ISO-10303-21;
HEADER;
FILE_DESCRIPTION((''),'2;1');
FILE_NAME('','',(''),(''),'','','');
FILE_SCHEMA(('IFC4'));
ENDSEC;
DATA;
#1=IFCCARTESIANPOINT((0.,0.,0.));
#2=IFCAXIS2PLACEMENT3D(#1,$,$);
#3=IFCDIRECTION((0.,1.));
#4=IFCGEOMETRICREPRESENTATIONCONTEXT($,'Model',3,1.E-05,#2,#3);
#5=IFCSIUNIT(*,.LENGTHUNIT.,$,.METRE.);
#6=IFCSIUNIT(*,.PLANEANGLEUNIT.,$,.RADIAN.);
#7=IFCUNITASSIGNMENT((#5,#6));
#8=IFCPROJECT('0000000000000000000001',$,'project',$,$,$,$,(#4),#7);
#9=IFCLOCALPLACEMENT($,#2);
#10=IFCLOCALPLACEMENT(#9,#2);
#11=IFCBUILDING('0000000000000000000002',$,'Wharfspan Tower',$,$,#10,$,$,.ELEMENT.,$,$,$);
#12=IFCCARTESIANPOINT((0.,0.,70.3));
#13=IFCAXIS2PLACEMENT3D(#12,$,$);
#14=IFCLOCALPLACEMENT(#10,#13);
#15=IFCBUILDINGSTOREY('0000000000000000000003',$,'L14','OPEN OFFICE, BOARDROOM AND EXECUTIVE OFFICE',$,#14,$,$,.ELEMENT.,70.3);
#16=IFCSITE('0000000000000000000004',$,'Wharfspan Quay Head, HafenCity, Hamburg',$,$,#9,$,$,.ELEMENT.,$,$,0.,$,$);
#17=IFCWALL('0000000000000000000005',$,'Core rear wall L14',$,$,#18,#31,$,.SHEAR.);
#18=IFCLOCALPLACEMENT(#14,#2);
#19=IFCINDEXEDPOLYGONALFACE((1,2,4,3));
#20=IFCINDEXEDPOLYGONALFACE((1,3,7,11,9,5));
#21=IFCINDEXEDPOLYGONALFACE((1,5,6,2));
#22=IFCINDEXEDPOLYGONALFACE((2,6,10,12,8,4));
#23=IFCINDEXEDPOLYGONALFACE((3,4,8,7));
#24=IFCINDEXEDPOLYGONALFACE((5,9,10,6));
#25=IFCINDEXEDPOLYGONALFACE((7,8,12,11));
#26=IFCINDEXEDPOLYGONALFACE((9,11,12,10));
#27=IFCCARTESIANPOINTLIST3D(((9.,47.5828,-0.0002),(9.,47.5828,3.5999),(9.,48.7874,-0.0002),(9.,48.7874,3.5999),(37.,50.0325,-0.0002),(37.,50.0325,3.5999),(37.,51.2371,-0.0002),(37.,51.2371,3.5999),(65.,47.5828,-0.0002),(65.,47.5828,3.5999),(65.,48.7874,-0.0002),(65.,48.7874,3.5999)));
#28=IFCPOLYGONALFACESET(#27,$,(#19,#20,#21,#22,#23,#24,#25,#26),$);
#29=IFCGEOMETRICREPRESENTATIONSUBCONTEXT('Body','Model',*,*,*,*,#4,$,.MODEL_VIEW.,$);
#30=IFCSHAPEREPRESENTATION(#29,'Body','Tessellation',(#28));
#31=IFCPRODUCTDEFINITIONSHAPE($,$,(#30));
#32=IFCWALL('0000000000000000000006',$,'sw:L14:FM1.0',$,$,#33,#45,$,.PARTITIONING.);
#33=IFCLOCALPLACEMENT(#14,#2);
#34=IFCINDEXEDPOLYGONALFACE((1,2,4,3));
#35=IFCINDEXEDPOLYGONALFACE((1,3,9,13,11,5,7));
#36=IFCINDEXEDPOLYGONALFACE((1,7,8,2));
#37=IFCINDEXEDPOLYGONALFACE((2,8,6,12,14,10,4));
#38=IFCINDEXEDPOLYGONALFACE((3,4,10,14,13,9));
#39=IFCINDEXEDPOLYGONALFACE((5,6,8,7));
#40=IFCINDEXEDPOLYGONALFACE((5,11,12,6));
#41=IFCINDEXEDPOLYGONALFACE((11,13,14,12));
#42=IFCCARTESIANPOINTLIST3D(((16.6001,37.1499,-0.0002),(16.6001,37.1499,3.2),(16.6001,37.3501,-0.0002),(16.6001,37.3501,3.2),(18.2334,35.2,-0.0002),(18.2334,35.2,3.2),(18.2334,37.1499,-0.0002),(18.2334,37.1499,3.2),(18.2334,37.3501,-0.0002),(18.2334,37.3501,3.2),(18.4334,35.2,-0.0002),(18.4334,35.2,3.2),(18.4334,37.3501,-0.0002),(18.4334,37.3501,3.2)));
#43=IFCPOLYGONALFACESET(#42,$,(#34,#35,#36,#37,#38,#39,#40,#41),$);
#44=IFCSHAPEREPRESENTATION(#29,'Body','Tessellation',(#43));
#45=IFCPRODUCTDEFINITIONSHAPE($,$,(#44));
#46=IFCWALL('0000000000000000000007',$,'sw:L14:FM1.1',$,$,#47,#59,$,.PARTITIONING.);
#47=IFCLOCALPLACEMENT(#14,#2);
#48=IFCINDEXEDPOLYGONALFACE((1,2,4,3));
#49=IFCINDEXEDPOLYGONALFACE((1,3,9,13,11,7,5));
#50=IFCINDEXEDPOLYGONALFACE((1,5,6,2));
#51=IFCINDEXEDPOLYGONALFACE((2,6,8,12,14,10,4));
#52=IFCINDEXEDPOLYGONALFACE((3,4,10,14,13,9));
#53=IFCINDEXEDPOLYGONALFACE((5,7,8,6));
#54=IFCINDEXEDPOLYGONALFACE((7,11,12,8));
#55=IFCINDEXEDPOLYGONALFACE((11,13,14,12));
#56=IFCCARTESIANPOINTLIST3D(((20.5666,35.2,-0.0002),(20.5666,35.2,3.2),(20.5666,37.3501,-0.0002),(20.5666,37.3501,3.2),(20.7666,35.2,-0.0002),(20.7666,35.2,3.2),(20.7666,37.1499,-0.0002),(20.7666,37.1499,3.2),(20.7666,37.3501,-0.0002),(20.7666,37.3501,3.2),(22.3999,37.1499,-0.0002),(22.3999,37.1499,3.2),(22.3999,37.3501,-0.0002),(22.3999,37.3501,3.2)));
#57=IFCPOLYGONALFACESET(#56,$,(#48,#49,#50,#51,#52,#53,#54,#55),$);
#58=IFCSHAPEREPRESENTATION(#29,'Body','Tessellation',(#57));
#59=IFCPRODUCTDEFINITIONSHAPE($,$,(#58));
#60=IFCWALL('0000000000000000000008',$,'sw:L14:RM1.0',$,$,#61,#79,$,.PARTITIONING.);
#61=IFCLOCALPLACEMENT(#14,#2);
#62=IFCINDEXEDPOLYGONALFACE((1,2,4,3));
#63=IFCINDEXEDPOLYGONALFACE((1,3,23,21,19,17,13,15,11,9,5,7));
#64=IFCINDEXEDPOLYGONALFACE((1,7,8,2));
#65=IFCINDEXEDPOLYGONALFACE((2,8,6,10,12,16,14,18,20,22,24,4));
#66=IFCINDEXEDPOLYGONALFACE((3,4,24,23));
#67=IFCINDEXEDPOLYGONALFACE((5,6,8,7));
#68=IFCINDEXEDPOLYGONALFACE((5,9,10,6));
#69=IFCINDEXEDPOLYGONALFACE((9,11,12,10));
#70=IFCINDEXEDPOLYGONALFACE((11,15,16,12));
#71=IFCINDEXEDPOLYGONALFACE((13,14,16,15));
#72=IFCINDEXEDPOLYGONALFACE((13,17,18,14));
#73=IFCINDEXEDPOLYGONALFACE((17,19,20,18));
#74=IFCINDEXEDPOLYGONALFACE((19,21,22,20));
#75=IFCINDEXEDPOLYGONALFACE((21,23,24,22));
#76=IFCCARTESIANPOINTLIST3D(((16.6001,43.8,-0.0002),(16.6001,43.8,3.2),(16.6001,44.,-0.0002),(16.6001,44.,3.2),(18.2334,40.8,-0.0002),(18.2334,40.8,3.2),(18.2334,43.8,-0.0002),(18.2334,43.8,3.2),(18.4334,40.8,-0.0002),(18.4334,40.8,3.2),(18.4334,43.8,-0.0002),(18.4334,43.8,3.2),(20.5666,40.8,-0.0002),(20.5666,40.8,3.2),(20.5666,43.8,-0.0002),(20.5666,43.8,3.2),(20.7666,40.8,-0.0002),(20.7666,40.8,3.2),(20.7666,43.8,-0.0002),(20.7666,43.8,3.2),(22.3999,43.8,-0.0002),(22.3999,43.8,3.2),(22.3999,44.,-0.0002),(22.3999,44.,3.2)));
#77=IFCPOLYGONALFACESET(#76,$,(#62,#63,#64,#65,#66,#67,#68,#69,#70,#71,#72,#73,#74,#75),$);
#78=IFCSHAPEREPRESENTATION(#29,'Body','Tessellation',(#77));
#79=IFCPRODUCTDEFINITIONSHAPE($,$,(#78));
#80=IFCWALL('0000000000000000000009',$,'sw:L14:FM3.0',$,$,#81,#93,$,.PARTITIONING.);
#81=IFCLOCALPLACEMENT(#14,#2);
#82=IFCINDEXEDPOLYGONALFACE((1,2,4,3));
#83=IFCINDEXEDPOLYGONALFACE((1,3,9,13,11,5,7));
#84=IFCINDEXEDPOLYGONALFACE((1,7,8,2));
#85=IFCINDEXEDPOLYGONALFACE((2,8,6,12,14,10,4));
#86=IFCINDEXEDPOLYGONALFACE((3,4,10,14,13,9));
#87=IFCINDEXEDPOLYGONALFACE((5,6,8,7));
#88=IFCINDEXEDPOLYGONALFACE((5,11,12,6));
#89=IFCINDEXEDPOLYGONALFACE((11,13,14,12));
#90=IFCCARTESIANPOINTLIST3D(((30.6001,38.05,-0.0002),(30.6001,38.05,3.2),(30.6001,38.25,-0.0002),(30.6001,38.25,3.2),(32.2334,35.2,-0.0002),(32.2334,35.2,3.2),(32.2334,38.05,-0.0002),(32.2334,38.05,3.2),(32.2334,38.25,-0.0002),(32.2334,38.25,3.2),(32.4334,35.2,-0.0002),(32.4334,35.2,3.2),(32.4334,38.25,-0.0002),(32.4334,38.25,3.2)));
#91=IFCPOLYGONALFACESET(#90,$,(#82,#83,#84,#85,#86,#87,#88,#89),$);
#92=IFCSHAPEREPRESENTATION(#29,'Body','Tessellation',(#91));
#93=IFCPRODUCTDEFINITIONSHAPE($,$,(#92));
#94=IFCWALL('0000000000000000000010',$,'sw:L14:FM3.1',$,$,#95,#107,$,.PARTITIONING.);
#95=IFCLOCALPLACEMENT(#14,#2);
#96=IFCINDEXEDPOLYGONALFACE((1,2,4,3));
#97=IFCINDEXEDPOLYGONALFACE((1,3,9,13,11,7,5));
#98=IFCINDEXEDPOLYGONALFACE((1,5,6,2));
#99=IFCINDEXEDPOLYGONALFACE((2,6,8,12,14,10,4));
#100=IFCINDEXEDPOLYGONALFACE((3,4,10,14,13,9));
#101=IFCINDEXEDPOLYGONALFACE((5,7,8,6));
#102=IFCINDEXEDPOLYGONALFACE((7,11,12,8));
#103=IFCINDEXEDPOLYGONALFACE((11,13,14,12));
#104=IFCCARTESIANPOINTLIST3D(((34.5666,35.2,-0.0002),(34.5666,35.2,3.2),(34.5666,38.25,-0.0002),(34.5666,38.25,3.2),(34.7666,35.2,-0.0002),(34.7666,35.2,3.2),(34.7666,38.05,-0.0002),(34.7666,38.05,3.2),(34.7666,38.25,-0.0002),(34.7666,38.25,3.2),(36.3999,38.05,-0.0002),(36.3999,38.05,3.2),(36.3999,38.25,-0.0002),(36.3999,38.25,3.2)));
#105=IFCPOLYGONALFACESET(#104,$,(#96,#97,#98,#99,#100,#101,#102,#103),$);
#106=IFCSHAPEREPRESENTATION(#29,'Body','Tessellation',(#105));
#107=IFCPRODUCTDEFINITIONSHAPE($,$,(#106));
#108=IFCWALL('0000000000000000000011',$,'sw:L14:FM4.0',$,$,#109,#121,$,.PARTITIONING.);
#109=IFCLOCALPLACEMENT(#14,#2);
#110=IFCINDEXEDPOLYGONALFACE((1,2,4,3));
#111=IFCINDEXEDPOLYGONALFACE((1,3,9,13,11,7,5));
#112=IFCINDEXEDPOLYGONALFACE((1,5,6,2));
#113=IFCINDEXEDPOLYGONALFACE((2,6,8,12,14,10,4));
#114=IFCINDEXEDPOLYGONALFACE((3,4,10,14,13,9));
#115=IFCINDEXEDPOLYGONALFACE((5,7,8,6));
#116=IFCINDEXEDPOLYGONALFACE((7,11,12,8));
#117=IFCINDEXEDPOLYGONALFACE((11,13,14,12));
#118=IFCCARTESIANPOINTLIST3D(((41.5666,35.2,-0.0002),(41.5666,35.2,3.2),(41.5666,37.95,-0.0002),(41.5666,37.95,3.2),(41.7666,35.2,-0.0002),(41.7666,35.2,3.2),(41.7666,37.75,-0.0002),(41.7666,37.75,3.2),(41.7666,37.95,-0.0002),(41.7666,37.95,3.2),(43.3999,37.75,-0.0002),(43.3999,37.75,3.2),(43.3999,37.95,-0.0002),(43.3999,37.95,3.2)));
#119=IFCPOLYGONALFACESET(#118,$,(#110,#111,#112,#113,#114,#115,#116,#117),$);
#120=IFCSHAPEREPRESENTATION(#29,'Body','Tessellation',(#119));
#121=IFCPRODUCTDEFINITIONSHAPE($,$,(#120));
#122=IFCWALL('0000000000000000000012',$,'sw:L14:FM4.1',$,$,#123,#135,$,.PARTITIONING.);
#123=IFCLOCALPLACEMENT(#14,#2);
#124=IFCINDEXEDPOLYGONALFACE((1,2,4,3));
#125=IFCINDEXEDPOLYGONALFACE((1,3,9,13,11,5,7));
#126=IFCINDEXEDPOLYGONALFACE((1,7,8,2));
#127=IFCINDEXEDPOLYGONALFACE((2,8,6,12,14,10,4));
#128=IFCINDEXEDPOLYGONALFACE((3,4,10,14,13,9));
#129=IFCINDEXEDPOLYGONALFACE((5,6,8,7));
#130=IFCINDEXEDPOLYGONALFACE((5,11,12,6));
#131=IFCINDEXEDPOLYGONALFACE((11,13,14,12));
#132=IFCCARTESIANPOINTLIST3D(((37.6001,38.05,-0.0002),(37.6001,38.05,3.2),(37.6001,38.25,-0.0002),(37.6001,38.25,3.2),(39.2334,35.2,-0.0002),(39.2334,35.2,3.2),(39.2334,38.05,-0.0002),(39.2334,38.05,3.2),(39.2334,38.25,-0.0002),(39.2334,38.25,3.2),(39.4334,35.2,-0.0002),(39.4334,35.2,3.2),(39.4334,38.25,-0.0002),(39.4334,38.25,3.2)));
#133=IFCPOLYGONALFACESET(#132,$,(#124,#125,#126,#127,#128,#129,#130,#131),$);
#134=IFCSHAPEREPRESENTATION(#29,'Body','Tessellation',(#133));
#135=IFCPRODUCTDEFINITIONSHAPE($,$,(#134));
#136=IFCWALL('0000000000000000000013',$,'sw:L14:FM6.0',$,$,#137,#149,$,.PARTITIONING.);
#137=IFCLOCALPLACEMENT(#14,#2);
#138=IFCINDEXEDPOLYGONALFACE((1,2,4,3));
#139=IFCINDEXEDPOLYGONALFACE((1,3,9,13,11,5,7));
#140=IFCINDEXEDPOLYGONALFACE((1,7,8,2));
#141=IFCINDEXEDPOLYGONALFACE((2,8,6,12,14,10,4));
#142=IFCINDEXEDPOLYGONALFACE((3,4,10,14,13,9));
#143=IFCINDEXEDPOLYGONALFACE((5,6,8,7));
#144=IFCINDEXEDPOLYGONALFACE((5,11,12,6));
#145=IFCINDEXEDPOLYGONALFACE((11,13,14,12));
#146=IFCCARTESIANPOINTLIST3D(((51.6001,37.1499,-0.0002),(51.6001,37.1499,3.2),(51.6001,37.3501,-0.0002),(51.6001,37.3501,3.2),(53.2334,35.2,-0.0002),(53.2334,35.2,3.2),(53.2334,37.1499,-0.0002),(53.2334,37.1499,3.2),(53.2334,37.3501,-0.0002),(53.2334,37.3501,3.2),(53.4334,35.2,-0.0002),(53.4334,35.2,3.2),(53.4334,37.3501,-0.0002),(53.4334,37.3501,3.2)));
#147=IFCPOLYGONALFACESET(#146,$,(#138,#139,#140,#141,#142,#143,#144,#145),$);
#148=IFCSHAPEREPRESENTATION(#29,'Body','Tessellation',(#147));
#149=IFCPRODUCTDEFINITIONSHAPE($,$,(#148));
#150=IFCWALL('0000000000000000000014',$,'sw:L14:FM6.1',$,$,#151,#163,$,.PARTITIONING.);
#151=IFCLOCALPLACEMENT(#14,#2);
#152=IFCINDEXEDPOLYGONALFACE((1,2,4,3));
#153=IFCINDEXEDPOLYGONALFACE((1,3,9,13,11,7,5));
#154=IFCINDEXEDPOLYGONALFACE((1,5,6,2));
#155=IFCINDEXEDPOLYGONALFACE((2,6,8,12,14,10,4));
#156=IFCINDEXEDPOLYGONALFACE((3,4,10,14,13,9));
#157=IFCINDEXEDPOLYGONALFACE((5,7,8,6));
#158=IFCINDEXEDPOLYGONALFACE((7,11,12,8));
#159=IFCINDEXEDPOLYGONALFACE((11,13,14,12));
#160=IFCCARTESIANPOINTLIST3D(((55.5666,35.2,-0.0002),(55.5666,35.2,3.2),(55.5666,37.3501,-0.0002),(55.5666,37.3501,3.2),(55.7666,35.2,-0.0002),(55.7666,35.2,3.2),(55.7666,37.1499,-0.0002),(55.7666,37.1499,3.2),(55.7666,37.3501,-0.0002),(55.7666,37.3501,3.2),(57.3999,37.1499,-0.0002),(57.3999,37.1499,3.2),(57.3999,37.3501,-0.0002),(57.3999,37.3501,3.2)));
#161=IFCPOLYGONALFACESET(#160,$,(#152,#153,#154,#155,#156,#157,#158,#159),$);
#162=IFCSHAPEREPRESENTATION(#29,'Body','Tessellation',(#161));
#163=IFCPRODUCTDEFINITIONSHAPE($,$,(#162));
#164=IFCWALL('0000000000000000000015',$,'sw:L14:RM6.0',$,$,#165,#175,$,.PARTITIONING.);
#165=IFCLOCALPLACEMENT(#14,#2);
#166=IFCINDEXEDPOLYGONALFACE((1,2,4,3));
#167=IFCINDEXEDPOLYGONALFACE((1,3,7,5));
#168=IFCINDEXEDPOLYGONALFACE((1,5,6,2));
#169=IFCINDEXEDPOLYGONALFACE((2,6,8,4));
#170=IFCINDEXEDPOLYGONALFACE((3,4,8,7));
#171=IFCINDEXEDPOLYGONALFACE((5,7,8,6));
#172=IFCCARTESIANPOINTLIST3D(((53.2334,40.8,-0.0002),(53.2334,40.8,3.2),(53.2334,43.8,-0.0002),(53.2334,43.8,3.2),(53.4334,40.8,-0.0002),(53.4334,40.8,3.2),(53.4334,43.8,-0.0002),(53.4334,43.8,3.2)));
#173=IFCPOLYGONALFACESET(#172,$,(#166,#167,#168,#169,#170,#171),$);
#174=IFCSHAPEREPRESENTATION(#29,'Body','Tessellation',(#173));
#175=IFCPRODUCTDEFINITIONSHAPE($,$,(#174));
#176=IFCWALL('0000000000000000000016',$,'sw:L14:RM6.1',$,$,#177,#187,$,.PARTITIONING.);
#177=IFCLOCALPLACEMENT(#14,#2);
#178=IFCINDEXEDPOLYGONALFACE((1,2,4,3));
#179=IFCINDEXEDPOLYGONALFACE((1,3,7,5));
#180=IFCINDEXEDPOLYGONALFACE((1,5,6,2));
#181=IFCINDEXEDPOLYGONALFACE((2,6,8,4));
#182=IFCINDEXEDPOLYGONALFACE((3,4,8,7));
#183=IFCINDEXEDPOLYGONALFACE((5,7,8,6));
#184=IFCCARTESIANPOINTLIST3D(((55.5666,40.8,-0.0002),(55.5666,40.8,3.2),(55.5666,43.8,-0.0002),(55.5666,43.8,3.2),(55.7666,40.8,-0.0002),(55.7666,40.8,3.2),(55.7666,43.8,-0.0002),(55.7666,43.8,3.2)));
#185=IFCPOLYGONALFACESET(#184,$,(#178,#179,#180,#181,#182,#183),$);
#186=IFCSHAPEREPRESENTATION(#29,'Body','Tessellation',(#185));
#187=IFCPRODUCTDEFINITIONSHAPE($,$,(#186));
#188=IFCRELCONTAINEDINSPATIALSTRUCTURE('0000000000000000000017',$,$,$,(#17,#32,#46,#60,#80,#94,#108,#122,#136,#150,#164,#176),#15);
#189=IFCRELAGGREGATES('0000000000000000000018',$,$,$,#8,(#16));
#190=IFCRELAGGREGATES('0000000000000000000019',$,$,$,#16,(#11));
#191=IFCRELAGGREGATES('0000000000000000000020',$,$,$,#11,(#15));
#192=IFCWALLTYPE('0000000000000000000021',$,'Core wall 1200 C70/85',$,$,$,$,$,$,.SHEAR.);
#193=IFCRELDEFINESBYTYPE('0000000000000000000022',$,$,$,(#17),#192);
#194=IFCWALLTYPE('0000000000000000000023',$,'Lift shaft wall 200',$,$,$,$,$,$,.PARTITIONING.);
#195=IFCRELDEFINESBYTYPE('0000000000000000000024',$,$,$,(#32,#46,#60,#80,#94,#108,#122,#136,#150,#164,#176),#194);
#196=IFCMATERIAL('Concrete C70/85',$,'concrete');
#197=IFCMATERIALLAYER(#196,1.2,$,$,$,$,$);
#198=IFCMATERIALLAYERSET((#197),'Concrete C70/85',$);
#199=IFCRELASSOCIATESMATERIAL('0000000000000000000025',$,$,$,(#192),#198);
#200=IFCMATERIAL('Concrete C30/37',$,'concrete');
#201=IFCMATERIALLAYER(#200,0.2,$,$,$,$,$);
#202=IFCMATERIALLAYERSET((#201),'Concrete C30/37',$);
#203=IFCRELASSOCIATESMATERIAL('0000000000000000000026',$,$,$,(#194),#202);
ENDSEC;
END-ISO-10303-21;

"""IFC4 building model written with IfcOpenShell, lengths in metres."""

from ifc_helpers import new_model, si_unit, direction, frame, origin, place, context, subcontext, project, spatial, polyline, outline, extrude, material, layer, layer_set, type_object, element, save


model = new_model("IFC4")

# Units and contexts
model_context = context("Model", 3, precision=1e-05, world=origin(), true_north=direction((0.0, 1.0)))
body_context = subcontext(model_context, "Body", "Model", "MODEL_VIEW")
ifc_project = project(units=[si_unit("LENGTHUNIT", "METRE"), si_unit("PLANEANGLEUNIT", "RADIAN")], contexts=[model_context])

# Site, building, storey
site_placement = place(None, origin())
site = spatial("IfcSite", under=ifc_project, at=site_placement, Name="Wharfspan Quay Head, HafenCity, Hamburg", CompositionType="ELEMENT", RefElevation=0.0)
building_placement = place(site_placement, origin())
building = spatial("IfcBuilding", under=site, at=building_placement, Name="Wharfspan Tower", CompositionType="ELEMENT")
storey_placement = place(building_placement, frame((0.0, 0.0, 70.3)))
storey = spatial("IfcBuildingStorey", under=building, at=storey_placement, Name="L14", Description="OPEN OFFICE, BOARDROOM AND EXECUTIVE OFFICE", CompositionType="ELEMENT", Elevation=70.3)

# Walls
ifc_material_1 = material(Name="Concrete C70/85", Category="concrete")
ifc_layer_1 = layer(ifc_material_1, 1.2)
ifc_layer_set_1 = layer_set([ifc_layer_1], Name="Concrete C70/85")
wall_type_1 = type_object("IfcWallType", Name="Core wall 1200 C70/85", PredefinedType="SHEAR", material=ifc_layer_set_1)
wall_1_placement = place(storey_placement, frame((0.0, 0.0, -0.0002)))
element("IfcWall", 1, at=wall_1_placement, inside=storey, type_object=wall_type_1, Name="Core rear wall L14", PredefinedType="SHEAR", context=body_context, shape_type="SweptSolid", body=[
    extrude(outline(polyline([(9.0, 47.5828), (37.0, 50.0325), (65.0, 47.5828), (65.0, 48.7874), (37.0, 51.2371), (9.0, 48.7874), (9.0, 47.5828)])), origin(), (0.0, 0.0, 1.0), 3.6001),
])
ifc_material_2 = material(Name="Concrete C30/37", Category="concrete")
ifc_layer_2 = layer(ifc_material_2, 0.2)
ifc_layer_set_2 = layer_set([ifc_layer_2], Name="Concrete C30/37")
wall_type_2 = type_object("IfcWallType", Name="Lift shaft wall 200", PredefinedType="PARTITIONING", material=ifc_layer_set_2)
wall_2_placement = place(storey_placement, frame((0.0, 0.0, -0.0002)))
element("IfcWall", 2, at=wall_2_placement, inside=storey, type_object=wall_type_2, Name="sw:L14:FM1.0", PredefinedType="PARTITIONING", context=body_context, shape_type="SweptSolid", body=[
    extrude(outline(polyline([(18.2334, 37.1499), (16.6001, 37.1499), (16.6001, 37.3501), (18.2334, 37.3501), (18.4334, 37.3501), (18.4334, 35.2), (18.2334, 35.2), (18.2334, 37.1499)])), origin(), (0.0, 0.0, 1.0), 3.2002),
])
wall_3_placement = place(storey_placement, frame((0.0, 0.0, -0.0002)))
element("IfcWall", 3, at=wall_3_placement, inside=storey, type_object=wall_type_2, Name="sw:L14:FM1.1", PredefinedType="PARTITIONING", context=body_context, shape_type="SweptSolid", body=[
    extrude(outline(polyline([(20.5666, 37.3501), (20.7666, 37.3501), (22.3999, 37.3501), (22.3999, 37.1499), (20.7666, 37.1499), (20.7666, 35.2), (20.5666, 35.2), (20.5666, 37.3501)])), origin(), (0.0, 0.0, 1.0), 3.2002),
])
wall_4_placement = place(storey_placement, frame((0.0, 0.0, -0.0002)))
element("IfcWall", 4, at=wall_4_placement, inside=storey, type_object=wall_type_2, Name="sw:L14:RM1.0", PredefinedType="PARTITIONING", context=body_context, shape_type="SweptSolid", body=[
    extrude(outline(polyline([(18.4334, 40.8), (18.2334, 40.8), (18.2334, 43.8), (16.6001, 43.8), (16.6001, 44.0), (22.3999, 44.0), (22.3999, 43.8), (20.7666, 43.8), (20.7666, 40.8), (20.5666, 40.8), (20.5666, 43.8), (18.4334, 43.8), (18.4334, 40.8)])), origin(), (0.0, 0.0, 1.0), 3.2002),
])
wall_5_placement = place(storey_placement, frame((0.0, 0.0, -0.0002)))
element("IfcWall", 5, at=wall_5_placement, inside=storey, type_object=wall_type_2, Name="sw:L14:FM3.0", PredefinedType="PARTITIONING", context=body_context, shape_type="SweptSolid", body=[
    extrude(outline(polyline([(32.2334, 38.05), (30.6001, 38.05), (30.6001, 38.25), (32.2334, 38.25), (32.4333, 38.25), (32.4333, 35.2), (32.2334, 35.2), (32.2334, 38.05)])), origin(), (0.0, 0.0, 1.0), 3.2002),
])
wall_6_placement = place(storey_placement, frame((0.0, 0.0, -0.0002)))
element("IfcWall", 6, at=wall_6_placement, inside=storey, type_object=wall_type_2, Name="sw:L14:FM3.1", PredefinedType="PARTITIONING", context=body_context, shape_type="SweptSolid", body=[
    extrude(outline(polyline([(34.5667, 38.25), (34.7666, 38.25), (36.3999, 38.25), (36.3999, 38.05), (34.7666, 38.05), (34.7666, 35.2), (34.5667, 35.2), (34.5667, 38.25)])), origin(), (0.0, 0.0, 1.0), 3.2002),
])
wall_7_placement = place(storey_placement, frame((0.0, 0.0, -0.0002)))
element("IfcWall", 7, at=wall_7_placement, inside=storey, type_object=wall_type_2, Name="sw:L14:FM4.0", PredefinedType="PARTITIONING", context=body_context, shape_type="SweptSolid", body=[
    extrude(outline(polyline([(41.5667, 37.95), (41.7666, 37.95), (43.3999, 37.95), (43.3999, 37.75), (41.7666, 37.75), (41.7666, 35.2), (41.5667, 35.2), (41.5667, 37.95)])), origin(), (0.0, 0.0, 1.0), 3.2002),
])
wall_8_placement = place(storey_placement, frame((0.0, 0.0, -0.0002)))
element("IfcWall", 8, at=wall_8_placement, inside=storey, type_object=wall_type_2, Name="sw:L14:FM4.1", PredefinedType="PARTITIONING", context=body_context, shape_type="SweptSolid", body=[
    extrude(outline(polyline([(39.2334, 38.05), (37.6001, 38.05), (37.6001, 38.25), (39.2334, 38.25), (39.4333, 38.25), (39.4333, 35.2), (39.2334, 35.2), (39.2334, 38.05)])), origin(), (0.0, 0.0, 1.0), 3.2002),
])
wall_9_placement = place(storey_placement, frame((0.0, 0.0, -0.0002)))
element("IfcWall", 9, at=wall_9_placement, inside=storey, type_object=wall_type_2, Name="sw:L14:FM6.0", PredefinedType="PARTITIONING", context=body_context, shape_type="SweptSolid", body=[
    extrude(outline(polyline([(53.2334, 37.1499), (51.6001, 37.1499), (51.6001, 37.3501), (53.2334, 37.3501), (53.4333, 37.3501), (53.4333, 35.2), (53.2334, 35.2), (53.2334, 37.1499)])), origin(), (0.0, 0.0, 1.0), 3.2002),
])
wall_10_placement = place(storey_placement, frame((0.0, 0.0, -0.0002)))
element("IfcWall", 10, at=wall_10_placement, inside=storey, type_object=wall_type_2, Name="sw:L14:FM6.1", PredefinedType="PARTITIONING", context=body_context, shape_type="SweptSolid", body=[
    extrude(outline(polyline([(55.5667, 37.3501), (55.7666, 37.3501), (57.3999, 37.3501), (57.3999, 37.1499), (55.7666, 37.1499), (55.7666, 35.2), (55.5667, 35.2), (55.5667, 37.3501)])), origin(), (0.0, 0.0, 1.0), 3.2002),
])
wall_11_placement = place(storey_placement, frame((0.0, 0.0, -0.0002)))
element("IfcWall", 11, at=wall_11_placement, inside=storey, type_object=wall_type_2, Name="sw:L14:RM6.0", PredefinedType="PARTITIONING", context=body_context, shape_type="SweptSolid", body=[
    extrude(outline(polyline([(53.2334, 40.8), (53.2334, 43.8), (53.4333, 43.8), (53.4333, 40.8), (53.2334, 40.8)])), origin(), (0.0, 0.0, 1.0), 3.2002),
])
wall_12_placement = place(storey_placement, frame((0.0, 0.0, -0.0002)))
element("IfcWall", 12, at=wall_12_placement, inside=storey, type_object=wall_type_2, Name="sw:L14:RM6.1", PredefinedType="PARTITIONING", context=body_context, shape_type="SweptSolid", body=[
    extrude(outline(polyline([(55.5667, 40.8), (55.5667, 43.8), (55.7666, 43.8), (55.7666, 40.8), (55.5667, 40.8)])), origin(), (0.0, 0.0, 1.0), 3.2002),
])

save(model, "model.ifc")
